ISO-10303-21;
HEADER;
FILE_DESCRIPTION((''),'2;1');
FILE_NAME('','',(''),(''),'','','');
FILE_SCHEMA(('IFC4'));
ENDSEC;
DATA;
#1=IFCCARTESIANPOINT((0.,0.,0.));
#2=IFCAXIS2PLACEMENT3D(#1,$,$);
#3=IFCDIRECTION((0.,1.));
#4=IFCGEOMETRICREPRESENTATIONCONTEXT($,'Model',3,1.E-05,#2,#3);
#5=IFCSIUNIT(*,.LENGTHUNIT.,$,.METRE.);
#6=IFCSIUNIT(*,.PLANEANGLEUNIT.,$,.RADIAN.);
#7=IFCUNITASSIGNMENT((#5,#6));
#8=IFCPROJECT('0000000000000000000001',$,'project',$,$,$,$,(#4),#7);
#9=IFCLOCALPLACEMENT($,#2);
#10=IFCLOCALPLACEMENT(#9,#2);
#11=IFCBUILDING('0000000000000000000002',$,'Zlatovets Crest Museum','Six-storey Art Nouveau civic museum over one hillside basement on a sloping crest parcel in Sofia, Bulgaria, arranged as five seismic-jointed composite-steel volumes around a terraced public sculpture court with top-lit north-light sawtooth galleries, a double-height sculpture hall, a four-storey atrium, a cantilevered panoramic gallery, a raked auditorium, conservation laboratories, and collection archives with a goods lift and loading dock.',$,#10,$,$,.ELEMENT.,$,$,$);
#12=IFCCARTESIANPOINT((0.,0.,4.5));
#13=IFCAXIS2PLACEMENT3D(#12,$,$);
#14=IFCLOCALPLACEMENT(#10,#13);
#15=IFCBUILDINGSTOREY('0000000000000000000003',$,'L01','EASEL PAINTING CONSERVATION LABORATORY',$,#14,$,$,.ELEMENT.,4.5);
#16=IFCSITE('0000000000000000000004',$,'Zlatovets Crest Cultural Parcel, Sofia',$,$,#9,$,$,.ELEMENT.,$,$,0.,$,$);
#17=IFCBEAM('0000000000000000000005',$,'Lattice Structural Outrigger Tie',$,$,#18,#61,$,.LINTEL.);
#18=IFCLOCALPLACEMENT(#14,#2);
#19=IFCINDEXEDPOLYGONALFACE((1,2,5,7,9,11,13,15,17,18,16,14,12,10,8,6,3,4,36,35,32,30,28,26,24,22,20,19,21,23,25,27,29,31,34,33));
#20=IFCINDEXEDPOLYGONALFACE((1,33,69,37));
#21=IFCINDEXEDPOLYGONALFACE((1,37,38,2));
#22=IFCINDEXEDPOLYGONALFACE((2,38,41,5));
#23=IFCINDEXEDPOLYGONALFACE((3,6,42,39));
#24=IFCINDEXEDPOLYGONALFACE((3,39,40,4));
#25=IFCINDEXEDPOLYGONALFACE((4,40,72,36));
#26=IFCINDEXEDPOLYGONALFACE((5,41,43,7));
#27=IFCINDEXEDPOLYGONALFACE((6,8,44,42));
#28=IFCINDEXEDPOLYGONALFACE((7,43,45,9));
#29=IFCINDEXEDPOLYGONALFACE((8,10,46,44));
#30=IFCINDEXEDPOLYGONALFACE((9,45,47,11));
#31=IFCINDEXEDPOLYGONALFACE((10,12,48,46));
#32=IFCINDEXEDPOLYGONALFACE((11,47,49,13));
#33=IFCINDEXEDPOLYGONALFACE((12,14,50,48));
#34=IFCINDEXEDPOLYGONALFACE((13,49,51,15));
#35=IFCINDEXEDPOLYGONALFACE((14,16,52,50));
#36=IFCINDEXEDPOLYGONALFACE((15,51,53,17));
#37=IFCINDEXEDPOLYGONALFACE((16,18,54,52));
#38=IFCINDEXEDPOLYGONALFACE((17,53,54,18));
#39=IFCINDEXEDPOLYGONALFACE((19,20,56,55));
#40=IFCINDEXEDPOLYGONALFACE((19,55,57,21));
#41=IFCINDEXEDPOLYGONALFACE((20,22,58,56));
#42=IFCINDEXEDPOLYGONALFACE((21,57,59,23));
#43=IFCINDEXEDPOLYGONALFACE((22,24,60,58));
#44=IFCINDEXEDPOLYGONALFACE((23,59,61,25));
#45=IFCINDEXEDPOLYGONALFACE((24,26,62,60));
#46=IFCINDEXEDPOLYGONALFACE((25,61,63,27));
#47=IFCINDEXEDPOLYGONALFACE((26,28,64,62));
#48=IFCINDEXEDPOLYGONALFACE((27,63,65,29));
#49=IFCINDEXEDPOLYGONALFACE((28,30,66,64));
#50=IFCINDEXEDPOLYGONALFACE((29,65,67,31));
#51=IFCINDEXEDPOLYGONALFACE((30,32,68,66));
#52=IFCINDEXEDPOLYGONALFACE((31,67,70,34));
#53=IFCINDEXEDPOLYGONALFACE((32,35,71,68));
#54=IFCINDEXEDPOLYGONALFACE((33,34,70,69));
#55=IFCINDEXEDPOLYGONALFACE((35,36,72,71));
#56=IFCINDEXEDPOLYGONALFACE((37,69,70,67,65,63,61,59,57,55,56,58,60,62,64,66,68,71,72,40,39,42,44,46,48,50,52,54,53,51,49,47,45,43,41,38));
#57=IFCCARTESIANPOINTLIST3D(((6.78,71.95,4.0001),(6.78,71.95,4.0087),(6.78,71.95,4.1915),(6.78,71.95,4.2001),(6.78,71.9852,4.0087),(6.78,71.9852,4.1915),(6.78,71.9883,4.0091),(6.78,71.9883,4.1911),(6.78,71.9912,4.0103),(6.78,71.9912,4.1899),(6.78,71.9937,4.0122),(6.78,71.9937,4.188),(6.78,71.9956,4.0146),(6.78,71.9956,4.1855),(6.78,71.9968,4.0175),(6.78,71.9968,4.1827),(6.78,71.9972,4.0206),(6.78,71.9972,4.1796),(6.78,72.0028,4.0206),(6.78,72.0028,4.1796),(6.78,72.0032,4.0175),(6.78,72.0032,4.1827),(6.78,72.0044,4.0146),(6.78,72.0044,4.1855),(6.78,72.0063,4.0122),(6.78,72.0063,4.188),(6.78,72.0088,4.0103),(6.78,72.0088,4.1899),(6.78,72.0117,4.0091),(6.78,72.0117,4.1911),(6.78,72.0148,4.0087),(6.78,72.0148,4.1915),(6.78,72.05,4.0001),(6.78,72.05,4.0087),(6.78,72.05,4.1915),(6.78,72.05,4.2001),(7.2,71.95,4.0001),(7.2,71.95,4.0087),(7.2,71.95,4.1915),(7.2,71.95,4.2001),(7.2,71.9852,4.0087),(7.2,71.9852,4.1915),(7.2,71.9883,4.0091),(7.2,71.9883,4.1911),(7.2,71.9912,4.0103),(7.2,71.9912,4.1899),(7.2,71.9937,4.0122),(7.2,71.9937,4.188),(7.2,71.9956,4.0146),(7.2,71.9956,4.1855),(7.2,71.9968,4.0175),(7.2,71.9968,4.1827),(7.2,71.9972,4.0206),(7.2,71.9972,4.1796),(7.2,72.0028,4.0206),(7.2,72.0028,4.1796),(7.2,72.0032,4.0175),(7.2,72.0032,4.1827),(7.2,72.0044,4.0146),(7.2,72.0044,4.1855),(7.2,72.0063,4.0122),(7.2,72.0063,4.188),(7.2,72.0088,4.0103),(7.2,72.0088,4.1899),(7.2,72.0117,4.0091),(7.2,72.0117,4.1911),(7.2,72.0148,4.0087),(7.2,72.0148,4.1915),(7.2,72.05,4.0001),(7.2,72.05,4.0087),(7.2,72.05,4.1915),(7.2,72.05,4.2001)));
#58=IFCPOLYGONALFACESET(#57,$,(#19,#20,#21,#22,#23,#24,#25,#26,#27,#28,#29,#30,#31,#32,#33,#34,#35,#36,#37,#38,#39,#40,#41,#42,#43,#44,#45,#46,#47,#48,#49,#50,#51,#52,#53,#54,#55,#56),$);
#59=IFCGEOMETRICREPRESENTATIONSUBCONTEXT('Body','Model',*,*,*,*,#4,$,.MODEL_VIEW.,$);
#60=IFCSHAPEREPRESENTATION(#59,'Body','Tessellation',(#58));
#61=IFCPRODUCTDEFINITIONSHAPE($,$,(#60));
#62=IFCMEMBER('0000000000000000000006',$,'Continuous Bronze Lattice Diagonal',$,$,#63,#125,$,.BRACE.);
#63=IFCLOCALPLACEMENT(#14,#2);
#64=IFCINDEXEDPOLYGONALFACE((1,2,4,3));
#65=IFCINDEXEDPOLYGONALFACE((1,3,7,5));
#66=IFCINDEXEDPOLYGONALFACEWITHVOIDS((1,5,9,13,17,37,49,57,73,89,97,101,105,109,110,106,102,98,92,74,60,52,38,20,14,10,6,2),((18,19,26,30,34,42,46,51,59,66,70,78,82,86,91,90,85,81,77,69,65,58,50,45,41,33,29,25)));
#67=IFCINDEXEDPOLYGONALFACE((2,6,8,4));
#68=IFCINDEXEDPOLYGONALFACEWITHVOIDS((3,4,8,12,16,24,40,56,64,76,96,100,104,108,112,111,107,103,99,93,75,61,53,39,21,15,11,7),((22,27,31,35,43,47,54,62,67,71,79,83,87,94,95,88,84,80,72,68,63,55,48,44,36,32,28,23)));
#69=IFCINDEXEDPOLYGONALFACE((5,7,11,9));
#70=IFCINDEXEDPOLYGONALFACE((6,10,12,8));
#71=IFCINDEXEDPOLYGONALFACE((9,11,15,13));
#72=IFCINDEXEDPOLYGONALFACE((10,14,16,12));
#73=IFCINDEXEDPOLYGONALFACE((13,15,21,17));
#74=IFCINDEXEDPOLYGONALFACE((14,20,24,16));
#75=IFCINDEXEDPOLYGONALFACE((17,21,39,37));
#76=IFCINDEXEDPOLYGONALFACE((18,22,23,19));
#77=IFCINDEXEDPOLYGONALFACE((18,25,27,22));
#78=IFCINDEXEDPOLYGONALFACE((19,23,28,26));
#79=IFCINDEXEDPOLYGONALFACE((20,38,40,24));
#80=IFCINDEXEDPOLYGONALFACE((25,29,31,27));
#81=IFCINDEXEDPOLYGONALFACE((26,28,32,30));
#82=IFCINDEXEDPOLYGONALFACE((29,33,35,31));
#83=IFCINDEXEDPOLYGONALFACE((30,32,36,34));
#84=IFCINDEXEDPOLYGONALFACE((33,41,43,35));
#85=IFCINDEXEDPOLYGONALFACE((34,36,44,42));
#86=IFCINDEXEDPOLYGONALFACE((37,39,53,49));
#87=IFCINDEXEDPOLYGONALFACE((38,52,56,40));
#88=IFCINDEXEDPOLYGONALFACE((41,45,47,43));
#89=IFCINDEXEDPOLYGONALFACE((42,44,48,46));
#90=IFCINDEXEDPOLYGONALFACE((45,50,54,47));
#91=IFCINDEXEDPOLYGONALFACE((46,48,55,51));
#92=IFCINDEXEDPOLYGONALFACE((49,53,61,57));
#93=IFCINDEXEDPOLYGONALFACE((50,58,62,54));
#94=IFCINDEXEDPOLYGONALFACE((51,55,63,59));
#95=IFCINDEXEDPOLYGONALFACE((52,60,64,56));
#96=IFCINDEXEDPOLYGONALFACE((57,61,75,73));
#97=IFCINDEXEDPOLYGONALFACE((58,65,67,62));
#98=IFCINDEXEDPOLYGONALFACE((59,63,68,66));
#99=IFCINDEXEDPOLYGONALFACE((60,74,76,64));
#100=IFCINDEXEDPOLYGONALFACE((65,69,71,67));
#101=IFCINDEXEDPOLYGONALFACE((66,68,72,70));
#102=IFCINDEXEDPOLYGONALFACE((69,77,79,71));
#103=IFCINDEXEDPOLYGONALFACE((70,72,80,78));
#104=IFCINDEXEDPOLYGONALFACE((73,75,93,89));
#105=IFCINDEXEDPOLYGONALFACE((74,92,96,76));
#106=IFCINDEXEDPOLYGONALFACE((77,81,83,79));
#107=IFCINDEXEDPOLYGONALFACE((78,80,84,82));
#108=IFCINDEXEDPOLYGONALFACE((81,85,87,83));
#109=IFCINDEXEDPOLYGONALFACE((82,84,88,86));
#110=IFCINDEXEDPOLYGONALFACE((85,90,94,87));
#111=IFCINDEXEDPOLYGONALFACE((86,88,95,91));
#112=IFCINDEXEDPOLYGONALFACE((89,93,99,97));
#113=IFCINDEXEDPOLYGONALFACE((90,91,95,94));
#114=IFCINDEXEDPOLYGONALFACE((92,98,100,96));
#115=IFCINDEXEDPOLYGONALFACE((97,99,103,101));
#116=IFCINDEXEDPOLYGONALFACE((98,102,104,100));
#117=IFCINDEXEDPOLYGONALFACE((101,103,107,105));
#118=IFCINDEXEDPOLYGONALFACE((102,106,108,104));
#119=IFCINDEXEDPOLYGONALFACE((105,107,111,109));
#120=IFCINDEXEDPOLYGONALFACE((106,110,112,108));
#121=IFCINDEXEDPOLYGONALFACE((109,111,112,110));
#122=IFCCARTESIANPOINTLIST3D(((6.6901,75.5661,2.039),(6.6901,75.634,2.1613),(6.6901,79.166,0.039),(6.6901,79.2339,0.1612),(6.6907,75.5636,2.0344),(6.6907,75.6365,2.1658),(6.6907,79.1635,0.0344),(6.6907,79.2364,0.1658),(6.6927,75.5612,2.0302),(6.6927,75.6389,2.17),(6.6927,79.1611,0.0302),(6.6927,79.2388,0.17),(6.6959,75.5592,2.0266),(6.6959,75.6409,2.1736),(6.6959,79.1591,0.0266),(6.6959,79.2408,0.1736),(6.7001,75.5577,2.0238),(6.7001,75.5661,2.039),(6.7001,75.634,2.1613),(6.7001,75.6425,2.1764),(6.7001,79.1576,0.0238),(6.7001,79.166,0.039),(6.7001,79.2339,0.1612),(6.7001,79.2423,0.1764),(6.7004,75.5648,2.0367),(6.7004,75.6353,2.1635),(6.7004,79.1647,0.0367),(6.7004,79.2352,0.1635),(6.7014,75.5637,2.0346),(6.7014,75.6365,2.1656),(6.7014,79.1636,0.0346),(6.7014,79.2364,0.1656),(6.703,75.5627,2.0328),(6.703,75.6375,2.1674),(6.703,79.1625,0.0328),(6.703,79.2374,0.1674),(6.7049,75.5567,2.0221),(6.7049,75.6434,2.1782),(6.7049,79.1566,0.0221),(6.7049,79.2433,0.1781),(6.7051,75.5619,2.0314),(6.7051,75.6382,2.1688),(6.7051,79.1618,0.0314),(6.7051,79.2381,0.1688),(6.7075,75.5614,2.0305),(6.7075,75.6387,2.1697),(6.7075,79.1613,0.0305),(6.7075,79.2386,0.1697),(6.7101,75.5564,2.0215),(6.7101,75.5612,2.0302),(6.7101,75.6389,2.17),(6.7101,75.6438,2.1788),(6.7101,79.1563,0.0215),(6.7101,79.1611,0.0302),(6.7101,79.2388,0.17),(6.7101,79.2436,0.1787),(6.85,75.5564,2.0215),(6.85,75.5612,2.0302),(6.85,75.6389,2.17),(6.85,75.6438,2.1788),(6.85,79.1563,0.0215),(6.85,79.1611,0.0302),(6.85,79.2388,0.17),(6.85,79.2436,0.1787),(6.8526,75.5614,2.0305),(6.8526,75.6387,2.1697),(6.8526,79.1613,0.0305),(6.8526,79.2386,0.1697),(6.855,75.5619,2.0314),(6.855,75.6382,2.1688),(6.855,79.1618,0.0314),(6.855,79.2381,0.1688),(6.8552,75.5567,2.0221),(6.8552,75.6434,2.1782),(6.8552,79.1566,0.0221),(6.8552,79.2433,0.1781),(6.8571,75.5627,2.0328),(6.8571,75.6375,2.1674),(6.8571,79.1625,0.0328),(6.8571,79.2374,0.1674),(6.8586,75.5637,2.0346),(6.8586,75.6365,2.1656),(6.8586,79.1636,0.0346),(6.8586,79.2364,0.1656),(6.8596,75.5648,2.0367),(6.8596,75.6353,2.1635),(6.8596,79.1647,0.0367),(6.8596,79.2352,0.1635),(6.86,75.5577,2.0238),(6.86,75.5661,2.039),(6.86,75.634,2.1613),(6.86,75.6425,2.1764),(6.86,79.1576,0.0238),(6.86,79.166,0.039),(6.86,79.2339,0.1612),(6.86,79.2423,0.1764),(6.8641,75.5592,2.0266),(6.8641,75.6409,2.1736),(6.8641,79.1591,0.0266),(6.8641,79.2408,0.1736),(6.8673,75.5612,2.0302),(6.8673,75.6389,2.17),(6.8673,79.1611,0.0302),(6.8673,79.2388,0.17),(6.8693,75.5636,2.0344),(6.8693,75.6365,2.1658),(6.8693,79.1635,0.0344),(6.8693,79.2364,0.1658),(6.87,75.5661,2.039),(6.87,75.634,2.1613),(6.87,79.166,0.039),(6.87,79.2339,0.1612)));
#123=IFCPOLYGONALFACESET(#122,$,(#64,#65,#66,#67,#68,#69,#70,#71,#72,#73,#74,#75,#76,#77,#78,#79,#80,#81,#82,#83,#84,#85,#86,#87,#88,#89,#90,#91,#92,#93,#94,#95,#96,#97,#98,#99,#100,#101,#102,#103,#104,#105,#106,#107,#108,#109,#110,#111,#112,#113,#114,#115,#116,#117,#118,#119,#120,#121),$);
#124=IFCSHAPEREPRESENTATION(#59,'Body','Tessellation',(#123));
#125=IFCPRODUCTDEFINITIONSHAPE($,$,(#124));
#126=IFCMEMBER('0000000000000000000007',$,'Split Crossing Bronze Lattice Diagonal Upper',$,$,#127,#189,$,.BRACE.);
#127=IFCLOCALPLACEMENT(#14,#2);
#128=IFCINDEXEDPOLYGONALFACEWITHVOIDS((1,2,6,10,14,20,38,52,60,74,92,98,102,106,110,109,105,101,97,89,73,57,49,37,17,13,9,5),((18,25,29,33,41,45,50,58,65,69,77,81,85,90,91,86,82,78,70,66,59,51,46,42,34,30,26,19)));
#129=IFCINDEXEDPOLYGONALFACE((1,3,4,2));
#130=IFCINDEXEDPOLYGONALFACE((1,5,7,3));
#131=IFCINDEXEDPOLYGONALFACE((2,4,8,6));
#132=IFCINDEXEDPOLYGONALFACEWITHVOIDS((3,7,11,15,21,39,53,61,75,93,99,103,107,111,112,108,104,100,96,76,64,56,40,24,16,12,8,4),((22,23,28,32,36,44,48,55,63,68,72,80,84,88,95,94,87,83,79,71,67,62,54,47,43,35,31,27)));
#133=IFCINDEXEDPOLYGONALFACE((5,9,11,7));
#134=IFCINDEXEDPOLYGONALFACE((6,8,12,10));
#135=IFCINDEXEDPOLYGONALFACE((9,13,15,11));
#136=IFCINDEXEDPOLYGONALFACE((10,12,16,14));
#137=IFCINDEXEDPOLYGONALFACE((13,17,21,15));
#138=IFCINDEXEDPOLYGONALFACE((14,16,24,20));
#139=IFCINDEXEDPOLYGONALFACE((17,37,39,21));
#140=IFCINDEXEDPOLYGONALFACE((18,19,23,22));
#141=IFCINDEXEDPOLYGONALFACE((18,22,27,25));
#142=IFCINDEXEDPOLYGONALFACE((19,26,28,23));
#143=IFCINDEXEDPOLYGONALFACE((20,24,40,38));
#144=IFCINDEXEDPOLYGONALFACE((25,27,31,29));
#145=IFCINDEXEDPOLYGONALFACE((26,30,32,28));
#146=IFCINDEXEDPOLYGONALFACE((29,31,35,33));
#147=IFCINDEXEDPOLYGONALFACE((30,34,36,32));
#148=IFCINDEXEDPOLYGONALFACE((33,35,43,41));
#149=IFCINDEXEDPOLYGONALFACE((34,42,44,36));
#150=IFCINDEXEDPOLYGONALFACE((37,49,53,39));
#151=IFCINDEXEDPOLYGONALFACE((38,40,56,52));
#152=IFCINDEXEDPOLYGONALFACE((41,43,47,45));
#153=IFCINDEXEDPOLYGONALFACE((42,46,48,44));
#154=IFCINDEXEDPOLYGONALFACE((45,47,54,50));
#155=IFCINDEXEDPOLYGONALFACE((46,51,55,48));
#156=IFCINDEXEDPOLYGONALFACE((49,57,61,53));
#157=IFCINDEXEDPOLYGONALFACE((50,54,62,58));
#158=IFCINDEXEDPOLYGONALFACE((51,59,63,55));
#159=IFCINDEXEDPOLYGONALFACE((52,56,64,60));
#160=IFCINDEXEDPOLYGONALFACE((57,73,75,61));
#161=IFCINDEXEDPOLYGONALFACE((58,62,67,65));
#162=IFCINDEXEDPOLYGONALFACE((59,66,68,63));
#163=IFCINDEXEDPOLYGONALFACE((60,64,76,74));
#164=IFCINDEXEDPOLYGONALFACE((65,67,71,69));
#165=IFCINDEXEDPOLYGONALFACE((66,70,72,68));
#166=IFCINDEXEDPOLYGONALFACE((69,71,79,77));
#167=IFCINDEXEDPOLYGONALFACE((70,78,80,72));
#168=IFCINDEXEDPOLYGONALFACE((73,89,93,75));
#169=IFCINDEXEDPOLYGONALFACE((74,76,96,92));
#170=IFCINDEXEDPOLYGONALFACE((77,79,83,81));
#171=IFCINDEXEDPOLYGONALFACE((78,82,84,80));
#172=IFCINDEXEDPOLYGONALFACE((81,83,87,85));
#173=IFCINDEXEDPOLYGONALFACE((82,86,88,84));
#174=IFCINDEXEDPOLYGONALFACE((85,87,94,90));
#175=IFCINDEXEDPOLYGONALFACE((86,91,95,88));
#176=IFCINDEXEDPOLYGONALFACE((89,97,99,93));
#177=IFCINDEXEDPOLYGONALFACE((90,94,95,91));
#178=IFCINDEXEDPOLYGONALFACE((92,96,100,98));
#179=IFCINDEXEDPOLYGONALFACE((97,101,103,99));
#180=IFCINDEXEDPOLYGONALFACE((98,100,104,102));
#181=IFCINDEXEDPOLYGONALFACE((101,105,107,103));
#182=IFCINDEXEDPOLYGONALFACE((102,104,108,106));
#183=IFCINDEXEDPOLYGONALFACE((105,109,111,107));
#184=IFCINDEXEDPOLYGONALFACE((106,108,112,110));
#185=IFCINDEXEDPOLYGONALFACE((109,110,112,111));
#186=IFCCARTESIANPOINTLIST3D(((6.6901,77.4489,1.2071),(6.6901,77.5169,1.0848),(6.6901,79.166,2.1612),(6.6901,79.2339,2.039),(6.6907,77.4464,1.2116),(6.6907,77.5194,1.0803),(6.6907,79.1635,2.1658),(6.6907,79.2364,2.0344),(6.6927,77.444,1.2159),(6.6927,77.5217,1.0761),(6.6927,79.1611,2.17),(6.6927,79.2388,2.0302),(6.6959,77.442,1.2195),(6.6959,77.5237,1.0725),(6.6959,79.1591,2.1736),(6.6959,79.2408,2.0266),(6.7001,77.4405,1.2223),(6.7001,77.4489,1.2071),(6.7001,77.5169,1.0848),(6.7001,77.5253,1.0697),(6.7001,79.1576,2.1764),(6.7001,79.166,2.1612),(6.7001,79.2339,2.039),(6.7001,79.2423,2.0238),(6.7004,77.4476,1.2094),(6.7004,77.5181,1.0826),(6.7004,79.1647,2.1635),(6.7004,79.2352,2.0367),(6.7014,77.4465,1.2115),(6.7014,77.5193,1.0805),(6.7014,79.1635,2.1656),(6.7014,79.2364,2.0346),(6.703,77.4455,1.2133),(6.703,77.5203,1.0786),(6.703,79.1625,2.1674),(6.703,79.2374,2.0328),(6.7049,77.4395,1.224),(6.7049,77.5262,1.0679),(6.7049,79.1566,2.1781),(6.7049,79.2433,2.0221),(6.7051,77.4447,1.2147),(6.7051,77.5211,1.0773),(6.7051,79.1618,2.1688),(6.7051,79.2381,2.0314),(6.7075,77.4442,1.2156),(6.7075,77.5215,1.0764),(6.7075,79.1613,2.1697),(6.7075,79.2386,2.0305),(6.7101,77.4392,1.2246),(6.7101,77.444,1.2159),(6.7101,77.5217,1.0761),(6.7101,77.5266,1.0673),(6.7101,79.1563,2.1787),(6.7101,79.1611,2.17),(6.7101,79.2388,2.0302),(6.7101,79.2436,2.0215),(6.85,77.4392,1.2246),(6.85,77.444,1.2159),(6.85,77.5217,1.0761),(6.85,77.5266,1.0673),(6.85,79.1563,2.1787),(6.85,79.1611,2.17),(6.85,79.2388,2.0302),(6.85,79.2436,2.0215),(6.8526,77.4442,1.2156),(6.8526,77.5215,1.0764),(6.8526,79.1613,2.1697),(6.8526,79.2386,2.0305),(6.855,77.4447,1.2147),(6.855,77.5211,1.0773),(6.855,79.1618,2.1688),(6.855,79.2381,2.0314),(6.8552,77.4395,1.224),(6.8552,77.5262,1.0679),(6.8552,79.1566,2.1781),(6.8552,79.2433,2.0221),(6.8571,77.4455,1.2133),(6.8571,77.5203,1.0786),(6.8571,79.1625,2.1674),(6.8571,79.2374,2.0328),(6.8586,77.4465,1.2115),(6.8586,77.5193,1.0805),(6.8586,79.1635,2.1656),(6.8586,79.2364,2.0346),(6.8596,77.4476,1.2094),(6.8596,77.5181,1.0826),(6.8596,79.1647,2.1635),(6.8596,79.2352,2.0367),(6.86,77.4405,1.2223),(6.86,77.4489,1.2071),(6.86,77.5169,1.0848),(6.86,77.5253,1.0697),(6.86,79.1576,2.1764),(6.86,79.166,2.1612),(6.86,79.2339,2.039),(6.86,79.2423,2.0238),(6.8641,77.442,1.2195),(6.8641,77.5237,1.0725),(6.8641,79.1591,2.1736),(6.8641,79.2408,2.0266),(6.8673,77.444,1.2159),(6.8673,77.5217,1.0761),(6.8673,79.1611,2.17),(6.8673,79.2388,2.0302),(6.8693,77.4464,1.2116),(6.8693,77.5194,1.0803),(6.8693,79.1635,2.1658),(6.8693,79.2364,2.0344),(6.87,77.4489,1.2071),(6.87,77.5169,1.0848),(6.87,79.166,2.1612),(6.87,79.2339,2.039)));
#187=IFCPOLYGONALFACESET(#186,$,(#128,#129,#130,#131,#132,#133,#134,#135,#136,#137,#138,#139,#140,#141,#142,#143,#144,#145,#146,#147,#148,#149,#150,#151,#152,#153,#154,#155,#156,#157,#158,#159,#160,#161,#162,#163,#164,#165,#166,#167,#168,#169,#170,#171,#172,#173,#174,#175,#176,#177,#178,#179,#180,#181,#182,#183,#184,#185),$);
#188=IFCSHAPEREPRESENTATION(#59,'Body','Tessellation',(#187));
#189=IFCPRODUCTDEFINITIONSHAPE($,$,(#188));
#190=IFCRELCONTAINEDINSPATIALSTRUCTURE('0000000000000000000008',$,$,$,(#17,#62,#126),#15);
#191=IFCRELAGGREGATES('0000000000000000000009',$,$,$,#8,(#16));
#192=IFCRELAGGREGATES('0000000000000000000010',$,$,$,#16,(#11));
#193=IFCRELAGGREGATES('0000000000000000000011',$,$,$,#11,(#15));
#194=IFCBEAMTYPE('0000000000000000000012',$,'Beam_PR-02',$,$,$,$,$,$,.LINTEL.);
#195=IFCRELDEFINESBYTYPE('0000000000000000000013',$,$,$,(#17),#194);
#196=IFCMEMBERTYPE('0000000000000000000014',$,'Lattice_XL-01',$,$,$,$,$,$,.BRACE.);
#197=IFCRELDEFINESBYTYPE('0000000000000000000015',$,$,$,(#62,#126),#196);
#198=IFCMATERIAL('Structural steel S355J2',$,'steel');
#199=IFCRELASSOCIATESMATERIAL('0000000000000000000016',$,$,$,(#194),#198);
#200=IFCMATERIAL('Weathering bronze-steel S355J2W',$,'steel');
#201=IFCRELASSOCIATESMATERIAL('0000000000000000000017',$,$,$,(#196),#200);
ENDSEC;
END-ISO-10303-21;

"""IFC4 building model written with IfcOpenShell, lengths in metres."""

from ifc_helpers import new_model, si_unit, direction, frame, origin, origin_2d, place, context, subcontext, project, spatial, hollow_rectangle, i_section, extrude, material, material_profile, profile_set, type_object, element, save


model = new_model("IFC4")

# Units and contexts
model_context = context("Model", 3, precision=1e-05, world=origin(), true_north=direction((0.0, 1.0)))
body_context = subcontext(model_context, "Body", "Model", "MODEL_VIEW")
ifc_project = project(units=[si_unit("LENGTHUNIT", "METRE"), si_unit("PLANEANGLEUNIT", "RADIAN")], contexts=[model_context])

# Site, building, storey
site_placement = place(None, origin())
site = spatial("IfcSite", under=ifc_project, at=site_placement, Name="Zlatovets Crest Cultural Parcel, Sofia", CompositionType="ELEMENT", RefElevation=0.0)
building_placement = place(site_placement, origin())
building = spatial("IfcBuilding", under=site, at=building_placement, Name="Zlatovets Crest Museum", Description="Six-storey Art Nouveau civic museum over one hillside basement on a sloping crest parcel in Sofia, Bulgaria, arranged as five seismic-jointed composite-steel volumes around a terraced public sculpture court with top-lit north-light sawtooth galleries, a double-height sculpture hall, a four-storey atrium, a cantilevered panoramic gallery, a raked auditorium, conservation laboratories, and collection archives with a goods lift and loading dock.", CompositionType="ELEMENT")
storey_placement = place(building_placement, frame((0.0, 0.0, 4.5)))
storey = spatial("IfcBuildingStorey", under=building, at=storey_placement, Name="L01", Description="EASEL PAINTING CONSERVATION LABORATORY", CompositionType="ELEMENT", Elevation=4.5)

# Shared definitions
ifc_material_1 = material(Name="Structural steel S355J2", Category="steel")

# Beam
ifc_material_profile_1 = material_profile(ifc_material_1, i_section(OverallWidth=0.1001, OverallDepth=0.2, WebThickness=0.0056, FlangeThickness=0.0085, FilletRadius=0.012, at=origin_2d()), Name="IPE 200")
ifc_profile_set_1 = profile_set([ifc_material_profile_1], Name="Structural steel S355J2")
beam_type_1 = type_object("IfcBeamType", Name="Beam_PR-02", PredefinedType="LINTEL", material=ifc_profile_set_1)
for number, where, z_axis, x_axis, name in (
    (1, (7.2, 72.0, 4.1001), (-1.0, 0.0, 0.0), (0.0, -1.0, 0.0), "Lattice Structural Outrigger Tie"),
):
    element("IfcBeam", number, at=place(storey_placement, frame(where, z_axis=z_axis, x_axis=x_axis)), inside=storey, type_object=beam_type_1, Name=name, PredefinedType="LINTEL", context=body_context, shape_type="SweptSolid", body=[
        extrude(i_section(OverallWidth=0.1001, OverallDepth=0.2, WebThickness=0.0056, FlangeThickness=0.0085, FilletRadius=0.012, at=origin_2d()), origin(), (0.0, 0.0, 1.0), 0.4199),
    ])

# Members
ifc_material_2 = material(Name="Weathering bronze-steel S355J2W", Category="steel")
ifc_material_profile_2 = material_profile(ifc_material_2, hollow_rectangle(XDim=0.1799, YDim=0.1799, WallThickness=0.01, InnerFilletRadius=0.01, OuterFilletRadius=0.02, at=origin_2d()), Name="SHS 180x180x10.0")
ifc_profile_set_2 = profile_set([ifc_material_profile_2], Name="Weathering bronze-steel S355J2W")
member_type_1 = type_object("IfcMemberType", Name="Lattice_XL-01", PredefinedType="BRACE", material=ifc_profile_set_2)
member_1_placement = place(storey_placement, frame((6.78, 79.2, 0.1001), z_axis=(0.0, -0.874149, 0.485658), x_axis=(1.0, 0.0, 0.0)))
element("IfcMember", 2, at=member_1_placement, inside=storey, type_object=member_type_1, Name="Continuous Bronze Lattice Diagonal", PredefinedType="BRACE", context=body_context, shape_type="SweptSolid", body=[
    extrude(hollow_rectangle(XDim=0.1799, YDim=0.1799, WallThickness=0.01, InnerFilletRadius=0.01, OuterFilletRadius=0.02, at=origin_2d()), origin(), (0.0, 0.0, 1.0), 4.1182),
])
member_2_placement = place(storey_placement, frame((6.78, 79.2, 2.1001), z_axis=(0.0, -0.874116, -0.485717), x_axis=(1.0, 0.0, 0.0)))
element("IfcMember", 3, at=member_2_placement, inside=storey, type_object=member_type_1, Name="Split Crossing Bronze Lattice Diagonal Upper", PredefinedType="BRACE", context=body_context, shape_type="SweptSolid", body=[
    extrude(hollow_rectangle(XDim=0.1799, YDim=0.1799, WallThickness=0.01, InnerFilletRadius=0.01, OuterFilletRadius=0.02, at=origin_2d()), origin(), (0.0, 0.0, 1.0), 1.9644),
])

save(model, "model.ifc")
